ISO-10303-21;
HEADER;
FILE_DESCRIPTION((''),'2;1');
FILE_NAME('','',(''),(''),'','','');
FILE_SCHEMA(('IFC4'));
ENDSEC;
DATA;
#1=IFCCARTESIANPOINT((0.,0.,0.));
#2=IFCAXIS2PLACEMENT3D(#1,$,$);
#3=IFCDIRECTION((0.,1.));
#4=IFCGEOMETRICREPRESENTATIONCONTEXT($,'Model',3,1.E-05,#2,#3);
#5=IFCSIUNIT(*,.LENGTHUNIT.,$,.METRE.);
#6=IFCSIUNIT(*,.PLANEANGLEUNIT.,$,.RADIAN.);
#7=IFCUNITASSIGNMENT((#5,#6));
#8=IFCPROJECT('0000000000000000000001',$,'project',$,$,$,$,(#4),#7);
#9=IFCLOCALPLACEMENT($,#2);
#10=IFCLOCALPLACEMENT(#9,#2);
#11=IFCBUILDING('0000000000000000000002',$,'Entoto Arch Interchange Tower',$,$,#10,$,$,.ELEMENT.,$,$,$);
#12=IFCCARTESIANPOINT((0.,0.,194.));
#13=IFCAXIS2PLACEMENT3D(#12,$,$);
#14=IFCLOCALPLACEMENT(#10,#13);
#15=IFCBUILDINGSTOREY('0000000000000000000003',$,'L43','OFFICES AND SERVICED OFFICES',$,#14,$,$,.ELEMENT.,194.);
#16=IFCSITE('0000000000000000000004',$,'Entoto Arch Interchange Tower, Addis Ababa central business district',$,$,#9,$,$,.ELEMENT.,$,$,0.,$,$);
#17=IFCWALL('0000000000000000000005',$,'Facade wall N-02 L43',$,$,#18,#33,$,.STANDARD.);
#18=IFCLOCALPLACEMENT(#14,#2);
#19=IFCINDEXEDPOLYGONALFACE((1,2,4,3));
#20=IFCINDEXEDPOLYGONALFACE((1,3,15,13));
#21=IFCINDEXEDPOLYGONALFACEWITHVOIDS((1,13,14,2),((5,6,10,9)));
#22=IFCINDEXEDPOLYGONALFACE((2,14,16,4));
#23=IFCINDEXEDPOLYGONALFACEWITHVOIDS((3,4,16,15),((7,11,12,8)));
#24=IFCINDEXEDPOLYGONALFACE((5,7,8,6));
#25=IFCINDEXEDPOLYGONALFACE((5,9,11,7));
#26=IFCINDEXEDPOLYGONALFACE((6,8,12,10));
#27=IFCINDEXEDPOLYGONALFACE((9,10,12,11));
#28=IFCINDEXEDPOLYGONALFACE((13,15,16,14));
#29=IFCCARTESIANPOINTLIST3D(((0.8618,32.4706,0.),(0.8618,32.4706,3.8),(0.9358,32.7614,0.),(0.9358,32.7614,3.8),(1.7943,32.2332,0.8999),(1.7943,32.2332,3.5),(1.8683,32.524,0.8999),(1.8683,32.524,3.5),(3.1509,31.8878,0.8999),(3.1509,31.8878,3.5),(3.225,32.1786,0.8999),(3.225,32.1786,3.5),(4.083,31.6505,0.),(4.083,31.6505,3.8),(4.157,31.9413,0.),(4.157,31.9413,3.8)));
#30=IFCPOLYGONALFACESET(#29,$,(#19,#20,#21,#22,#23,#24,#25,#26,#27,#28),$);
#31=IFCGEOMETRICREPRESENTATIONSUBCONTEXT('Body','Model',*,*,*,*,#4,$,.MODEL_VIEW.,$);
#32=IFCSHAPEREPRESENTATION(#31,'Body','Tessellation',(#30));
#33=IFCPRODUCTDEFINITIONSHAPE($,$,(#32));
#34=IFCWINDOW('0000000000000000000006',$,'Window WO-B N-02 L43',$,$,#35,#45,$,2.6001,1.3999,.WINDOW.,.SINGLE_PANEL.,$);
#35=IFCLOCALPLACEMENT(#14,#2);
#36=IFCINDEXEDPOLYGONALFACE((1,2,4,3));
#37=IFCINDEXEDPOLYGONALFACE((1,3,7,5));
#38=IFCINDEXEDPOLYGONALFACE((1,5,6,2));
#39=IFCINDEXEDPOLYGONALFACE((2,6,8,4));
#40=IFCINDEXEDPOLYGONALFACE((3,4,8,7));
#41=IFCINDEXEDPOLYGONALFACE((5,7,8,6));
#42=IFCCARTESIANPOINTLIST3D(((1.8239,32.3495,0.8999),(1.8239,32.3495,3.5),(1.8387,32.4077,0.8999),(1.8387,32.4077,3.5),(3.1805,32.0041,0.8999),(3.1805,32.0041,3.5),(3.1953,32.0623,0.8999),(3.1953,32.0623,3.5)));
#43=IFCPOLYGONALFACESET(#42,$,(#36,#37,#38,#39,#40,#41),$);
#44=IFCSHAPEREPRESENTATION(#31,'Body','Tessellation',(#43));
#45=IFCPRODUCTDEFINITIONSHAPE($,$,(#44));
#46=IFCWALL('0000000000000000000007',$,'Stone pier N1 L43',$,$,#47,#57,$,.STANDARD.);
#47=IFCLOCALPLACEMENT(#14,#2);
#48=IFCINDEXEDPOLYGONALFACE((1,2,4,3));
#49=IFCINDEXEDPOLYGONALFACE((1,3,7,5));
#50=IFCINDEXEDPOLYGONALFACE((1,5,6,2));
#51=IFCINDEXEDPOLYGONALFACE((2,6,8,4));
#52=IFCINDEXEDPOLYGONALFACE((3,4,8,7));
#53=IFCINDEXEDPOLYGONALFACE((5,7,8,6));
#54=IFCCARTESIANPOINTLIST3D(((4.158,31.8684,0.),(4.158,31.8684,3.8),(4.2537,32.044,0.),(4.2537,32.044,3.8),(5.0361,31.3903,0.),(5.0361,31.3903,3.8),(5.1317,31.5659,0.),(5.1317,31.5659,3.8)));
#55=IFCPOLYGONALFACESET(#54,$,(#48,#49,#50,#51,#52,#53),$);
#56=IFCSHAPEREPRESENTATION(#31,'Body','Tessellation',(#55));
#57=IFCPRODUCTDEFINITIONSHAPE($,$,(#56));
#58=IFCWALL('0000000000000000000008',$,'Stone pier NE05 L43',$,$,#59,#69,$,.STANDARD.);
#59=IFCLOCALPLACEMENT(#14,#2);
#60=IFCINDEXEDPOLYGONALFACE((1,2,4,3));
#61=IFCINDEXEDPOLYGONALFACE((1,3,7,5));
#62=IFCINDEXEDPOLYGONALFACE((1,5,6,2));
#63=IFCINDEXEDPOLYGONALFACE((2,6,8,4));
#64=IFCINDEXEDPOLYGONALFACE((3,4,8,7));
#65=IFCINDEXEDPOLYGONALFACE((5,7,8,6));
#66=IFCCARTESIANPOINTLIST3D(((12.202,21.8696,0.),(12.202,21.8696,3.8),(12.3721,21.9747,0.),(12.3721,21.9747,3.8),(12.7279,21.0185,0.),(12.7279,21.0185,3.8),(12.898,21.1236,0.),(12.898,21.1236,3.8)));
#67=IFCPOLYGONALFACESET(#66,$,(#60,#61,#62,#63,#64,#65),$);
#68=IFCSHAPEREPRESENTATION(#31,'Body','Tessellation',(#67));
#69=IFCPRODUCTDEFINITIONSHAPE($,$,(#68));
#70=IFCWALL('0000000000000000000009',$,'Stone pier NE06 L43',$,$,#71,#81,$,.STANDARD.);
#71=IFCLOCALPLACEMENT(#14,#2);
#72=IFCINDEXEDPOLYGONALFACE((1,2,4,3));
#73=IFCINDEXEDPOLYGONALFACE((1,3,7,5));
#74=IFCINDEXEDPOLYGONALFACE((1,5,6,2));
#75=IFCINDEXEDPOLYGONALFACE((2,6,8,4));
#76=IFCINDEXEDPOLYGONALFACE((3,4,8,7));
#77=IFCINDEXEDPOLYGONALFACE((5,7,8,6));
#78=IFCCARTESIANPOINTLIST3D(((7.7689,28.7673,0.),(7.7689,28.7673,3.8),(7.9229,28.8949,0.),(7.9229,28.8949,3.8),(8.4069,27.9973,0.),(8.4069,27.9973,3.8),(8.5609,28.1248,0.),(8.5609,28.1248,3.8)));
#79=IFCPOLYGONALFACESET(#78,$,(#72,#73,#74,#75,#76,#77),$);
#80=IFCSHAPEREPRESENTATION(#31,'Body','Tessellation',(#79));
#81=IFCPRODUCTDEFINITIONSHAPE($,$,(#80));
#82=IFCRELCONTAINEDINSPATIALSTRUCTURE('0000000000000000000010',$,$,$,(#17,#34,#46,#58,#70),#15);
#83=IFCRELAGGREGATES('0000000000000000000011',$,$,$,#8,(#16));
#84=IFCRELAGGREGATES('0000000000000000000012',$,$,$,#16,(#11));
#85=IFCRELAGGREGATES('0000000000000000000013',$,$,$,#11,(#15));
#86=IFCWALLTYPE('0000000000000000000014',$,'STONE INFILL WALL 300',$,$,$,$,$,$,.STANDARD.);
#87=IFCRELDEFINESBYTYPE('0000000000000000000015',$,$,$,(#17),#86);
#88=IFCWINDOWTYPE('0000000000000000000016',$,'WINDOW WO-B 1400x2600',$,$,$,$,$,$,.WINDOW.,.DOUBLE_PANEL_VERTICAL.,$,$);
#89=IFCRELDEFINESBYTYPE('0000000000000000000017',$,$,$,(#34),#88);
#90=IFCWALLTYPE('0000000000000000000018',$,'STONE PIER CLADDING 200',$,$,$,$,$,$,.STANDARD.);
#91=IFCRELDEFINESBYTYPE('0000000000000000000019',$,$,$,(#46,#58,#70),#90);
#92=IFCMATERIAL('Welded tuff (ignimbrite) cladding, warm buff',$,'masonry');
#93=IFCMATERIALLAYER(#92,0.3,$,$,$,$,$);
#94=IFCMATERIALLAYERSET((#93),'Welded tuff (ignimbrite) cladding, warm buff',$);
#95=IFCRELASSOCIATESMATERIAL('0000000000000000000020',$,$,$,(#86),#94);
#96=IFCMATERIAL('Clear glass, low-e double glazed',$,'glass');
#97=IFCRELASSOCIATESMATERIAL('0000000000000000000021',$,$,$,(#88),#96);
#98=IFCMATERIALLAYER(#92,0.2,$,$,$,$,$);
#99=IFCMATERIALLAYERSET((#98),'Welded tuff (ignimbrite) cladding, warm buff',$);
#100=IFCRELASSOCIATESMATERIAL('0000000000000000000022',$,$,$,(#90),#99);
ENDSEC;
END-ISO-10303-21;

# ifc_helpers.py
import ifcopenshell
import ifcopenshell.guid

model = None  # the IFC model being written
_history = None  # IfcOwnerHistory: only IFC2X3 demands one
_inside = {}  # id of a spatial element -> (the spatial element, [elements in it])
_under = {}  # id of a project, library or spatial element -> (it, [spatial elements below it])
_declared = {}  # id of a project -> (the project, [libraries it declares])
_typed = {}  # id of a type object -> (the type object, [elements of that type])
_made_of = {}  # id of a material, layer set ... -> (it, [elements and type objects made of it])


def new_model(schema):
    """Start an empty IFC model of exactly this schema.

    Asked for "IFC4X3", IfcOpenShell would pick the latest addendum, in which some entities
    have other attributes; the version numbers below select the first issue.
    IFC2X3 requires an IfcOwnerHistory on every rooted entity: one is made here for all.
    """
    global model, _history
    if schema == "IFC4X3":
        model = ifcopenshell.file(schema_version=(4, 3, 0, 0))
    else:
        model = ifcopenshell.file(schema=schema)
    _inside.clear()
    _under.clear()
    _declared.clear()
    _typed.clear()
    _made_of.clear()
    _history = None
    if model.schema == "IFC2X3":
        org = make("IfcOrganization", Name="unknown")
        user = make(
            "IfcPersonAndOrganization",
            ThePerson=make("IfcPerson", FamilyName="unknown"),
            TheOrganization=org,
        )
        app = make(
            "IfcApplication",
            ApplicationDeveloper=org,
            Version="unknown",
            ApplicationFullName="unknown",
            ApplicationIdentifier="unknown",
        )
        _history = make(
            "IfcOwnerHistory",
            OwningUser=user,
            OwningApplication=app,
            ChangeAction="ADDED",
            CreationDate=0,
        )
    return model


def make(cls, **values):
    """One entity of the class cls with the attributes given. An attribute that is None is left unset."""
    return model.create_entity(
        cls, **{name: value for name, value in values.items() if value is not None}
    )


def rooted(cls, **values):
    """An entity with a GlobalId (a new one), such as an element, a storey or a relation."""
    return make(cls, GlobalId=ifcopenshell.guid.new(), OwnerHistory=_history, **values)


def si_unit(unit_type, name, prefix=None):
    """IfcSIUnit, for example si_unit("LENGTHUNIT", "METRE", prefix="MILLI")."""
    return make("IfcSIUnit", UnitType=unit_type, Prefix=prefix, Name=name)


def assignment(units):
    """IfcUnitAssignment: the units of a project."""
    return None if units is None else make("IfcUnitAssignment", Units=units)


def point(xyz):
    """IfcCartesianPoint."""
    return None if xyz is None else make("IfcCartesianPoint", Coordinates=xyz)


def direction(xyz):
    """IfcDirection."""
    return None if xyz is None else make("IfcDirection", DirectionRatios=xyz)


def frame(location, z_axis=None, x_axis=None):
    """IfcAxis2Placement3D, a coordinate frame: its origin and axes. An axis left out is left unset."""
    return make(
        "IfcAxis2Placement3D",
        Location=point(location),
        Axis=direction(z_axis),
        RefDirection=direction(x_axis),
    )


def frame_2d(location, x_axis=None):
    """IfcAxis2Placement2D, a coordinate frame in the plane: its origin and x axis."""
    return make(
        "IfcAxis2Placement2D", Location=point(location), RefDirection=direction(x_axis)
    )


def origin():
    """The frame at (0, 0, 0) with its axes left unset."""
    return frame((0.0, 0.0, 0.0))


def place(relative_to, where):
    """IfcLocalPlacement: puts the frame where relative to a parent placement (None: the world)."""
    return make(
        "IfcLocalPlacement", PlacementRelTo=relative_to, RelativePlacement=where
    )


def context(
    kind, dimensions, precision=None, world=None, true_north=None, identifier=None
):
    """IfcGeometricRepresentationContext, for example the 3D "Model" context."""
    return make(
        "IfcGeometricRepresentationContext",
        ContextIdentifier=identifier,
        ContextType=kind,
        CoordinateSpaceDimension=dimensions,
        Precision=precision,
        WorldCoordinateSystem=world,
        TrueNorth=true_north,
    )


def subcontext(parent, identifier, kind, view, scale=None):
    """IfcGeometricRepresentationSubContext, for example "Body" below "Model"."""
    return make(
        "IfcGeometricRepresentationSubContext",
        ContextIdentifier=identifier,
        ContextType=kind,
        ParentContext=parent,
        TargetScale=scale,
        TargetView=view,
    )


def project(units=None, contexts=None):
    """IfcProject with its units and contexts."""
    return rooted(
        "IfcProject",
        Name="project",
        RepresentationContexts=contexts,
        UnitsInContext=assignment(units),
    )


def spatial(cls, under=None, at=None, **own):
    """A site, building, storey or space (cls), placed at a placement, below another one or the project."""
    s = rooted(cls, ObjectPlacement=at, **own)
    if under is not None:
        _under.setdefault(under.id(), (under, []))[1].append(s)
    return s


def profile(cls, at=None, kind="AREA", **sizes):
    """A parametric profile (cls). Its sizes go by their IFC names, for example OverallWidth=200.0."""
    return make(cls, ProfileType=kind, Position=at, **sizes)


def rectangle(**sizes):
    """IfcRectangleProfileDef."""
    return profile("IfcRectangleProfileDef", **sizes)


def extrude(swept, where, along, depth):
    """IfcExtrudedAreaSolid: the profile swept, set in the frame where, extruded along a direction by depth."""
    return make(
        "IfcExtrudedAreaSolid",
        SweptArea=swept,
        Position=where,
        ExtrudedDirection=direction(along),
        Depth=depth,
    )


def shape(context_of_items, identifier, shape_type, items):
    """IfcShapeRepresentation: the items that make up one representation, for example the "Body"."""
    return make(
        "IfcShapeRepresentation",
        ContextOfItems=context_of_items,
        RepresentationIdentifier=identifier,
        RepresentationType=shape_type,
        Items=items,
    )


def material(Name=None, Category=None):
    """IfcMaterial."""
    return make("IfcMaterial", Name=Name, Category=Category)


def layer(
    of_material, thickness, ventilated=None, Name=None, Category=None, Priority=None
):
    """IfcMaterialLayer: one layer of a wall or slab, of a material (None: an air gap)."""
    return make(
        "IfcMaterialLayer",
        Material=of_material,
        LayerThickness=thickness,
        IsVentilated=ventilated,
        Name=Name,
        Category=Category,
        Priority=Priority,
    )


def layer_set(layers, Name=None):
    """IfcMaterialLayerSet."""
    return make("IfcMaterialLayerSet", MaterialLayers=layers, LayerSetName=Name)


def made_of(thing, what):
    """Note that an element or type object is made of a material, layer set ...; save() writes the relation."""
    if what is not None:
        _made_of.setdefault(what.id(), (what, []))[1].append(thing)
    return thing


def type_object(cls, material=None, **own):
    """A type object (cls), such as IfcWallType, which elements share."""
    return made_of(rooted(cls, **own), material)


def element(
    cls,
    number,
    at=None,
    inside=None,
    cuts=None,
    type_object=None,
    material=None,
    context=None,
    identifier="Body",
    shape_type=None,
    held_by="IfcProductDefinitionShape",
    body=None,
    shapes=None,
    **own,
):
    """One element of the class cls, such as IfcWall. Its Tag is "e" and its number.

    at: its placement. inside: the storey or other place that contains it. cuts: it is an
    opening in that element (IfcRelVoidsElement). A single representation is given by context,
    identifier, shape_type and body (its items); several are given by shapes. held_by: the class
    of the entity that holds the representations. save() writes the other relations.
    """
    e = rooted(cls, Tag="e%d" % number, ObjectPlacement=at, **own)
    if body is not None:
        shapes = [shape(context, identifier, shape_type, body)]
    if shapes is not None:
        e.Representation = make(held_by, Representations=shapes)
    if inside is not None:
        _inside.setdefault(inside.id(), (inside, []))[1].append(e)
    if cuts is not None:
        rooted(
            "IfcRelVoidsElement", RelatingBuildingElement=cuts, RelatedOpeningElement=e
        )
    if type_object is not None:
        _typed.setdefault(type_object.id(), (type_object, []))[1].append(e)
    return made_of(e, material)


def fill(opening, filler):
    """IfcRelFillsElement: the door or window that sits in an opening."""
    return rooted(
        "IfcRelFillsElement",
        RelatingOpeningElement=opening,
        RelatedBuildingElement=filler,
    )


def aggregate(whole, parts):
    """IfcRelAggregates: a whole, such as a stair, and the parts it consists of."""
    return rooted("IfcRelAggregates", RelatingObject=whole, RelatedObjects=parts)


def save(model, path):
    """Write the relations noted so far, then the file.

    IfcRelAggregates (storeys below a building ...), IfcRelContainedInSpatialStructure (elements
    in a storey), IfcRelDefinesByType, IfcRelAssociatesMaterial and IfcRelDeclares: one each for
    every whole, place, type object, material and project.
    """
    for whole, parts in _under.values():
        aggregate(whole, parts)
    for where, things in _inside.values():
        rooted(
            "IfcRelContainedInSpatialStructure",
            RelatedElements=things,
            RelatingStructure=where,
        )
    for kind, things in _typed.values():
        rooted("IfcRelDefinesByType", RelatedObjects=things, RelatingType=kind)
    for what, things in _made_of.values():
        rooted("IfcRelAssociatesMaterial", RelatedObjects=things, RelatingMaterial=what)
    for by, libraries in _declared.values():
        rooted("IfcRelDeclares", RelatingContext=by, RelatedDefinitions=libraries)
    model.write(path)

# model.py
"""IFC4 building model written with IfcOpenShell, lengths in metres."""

from ifc_helpers import new_model, si_unit, direction, frame, frame_2d, origin, place, context, subcontext, project, spatial, rectangle, extrude, material, layer, layer_set, type_object, element, fill, save


model = new_model("IFC4")

# Units and contexts
model_context = context("Model", 3, precision=1e-05, world=origin(), true_north=direction((0.0, 1.0)))
body_context = subcontext(model_context, "Body", "Model", "MODEL_VIEW")
ifc_project = project(units=[si_unit("LENGTHUNIT", "METRE"), si_unit("PLANEANGLEUNIT", "RADIAN")], contexts=[model_context])

# Site, building, storey
site_placement = place(None, origin())
site = spatial("IfcSite", under=ifc_project, at=site_placement, Name="Entoto Arch Interchange Tower, Addis Ababa central business district", CompositionType="ELEMENT", RefElevation=0.0)
building_placement = place(site_placement, origin())
building = spatial("IfcBuilding", under=site, at=building_placement, Name="Entoto Arch Interchange Tower", CompositionType="ELEMENT")
storey_placement = place(building_placement, frame((0.0, 0.0, 194.0)))
storey = spatial("IfcBuildingStorey", under=building, at=storey_placement, Name="L43", Description="OFFICES AND SERVICED OFFICES", CompositionType="ELEMENT", Elevation=194.0)

# Shared definitions
ifc_material_1 = material(Name="Welded tuff (ignimbrite) cladding, warm buff", Category="masonry")
ifc_layer_1 = layer(ifc_material_1, 0.3)
ifc_layer_set_1 = layer_set([ifc_layer_1], Name="Welded tuff (ignimbrite) cladding, warm buff")
wall_type_1 = type_object("IfcWallType", Name="STONE INFILL WALL 300", PredefinedType="STANDARD", material=ifc_layer_set_1)
ifc_material_2 = material(Name="Clear glass, low-e double glazed", Category="glass")

# Wall, opening, window
window_type_1 = type_object("IfcWindowType", Name="WINDOW WO-B 1400x2600", PartitioningType="DOUBLE_PANEL_VERTICAL", PredefinedType="WINDOW", material=ifc_material_2)
wall_1_placement = place(storey_placement, frame((4.1201, 31.7959, 0.0), z_axis=(0.0, 0.0, 1.0), x_axis=(-0.969088, 0.246716, 0.0)))
wall_1 = element("IfcWall", 1, at=wall_1_placement, inside=storey, type_object=wall_type_1, Name="Facade wall N-02 L43", PredefinedType="STANDARD", context=body_context, shape_type="SweptSolid", body=[
    extrude(rectangle(XDim=3.324, YDim=0.3, at=frame_2d((1.6621, 0.0))), origin(), (0.0, 0.0, 1.0), 3.8),
])
opening_1_placement = place(wall_1_placement, frame((0.9619, 0.0, 0.8999)))
opening_1 = element("IfcOpeningElement", 2, at=opening_1_placement, cuts=wall_1, PredefinedType="OPENING", context=body_context, shape_type="SweptSolid", body=[
    extrude(rectangle(XDim=1.3999, YDim=2.6001, at=frame_2d((0.7, 1.3))), frame((0.0, 0.1602, 0.0), z_axis=(0.0, -1.0, 0.0), x_axis=(1.0, 0.0, 0.0)), (0.0, 0.0, 1.0), 0.3201),
])
window_1_placement = place(opening_1_placement, origin())
window_1 = element("IfcWindow", 3, at=window_1_placement, inside=storey, type_object=window_type_1, Name="Window WO-B N-02 L43", OverallHeight=2.6001, OverallWidth=1.3999, PartitioningType="SINGLE_PANEL", PredefinedType="WINDOW", context=body_context, shape_type="SweptSolid", body=[
    extrude(rectangle(XDim=1.3999, YDim=2.6001, at=frame_2d((0.7, 1.3))), frame((0.0, 0.03, 0.0), z_axis=(0.0, -1.0, 0.0), x_axis=(1.0, 0.0, 0.0)), (0.0, 0.0, 1.0), 0.0601),
])
fill(opening_1, window_1)

# Walls
ifc_layer_2 = layer(ifc_material_1, 0.2)
ifc_layer_set_2 = layer_set([ifc_layer_2], Name="Welded tuff (ignimbrite) cladding, warm buff")
wall_type_2 = type_object("IfcWallType", Name="STONE PIER CLADDING 200", PredefinedType="STANDARD", material=ifc_layer_set_2)
wall_2_placement = place(storey_placement, frame((5.084, 31.478, 0.0), z_axis=(0.0, 0.0, 1.0), x_axis=(-0.87825, 0.478202, 0.0)))
element("IfcWall", 4, at=wall_2_placement, inside=storey, type_object=wall_type_2, Name="Stone pier N1 L43", PredefinedType="STANDARD", context=body_context, shape_type="SweptSolid", body=[
    extrude(rectangle(XDim=0.9998, YDim=0.2, at=frame_2d((0.5, 0.0))), origin(), (0.0, 0.0, 1.0), 3.8),
])
wall_3_placement = place(storey_placement, frame((12.813, 21.071, 0.0), z_axis=(0.0, 0.0, 1.0), x_axis=(-0.525649, 0.850702, 0.0)))
element("IfcWall", 5, at=wall_3_placement, inside=storey, type_object=wall_type_2, Name="Stone pier NE05 L43", PredefinedType="STANDARD", context=body_context, shape_type="SweptSolid", body=[
    extrude(rectangle(XDim=1.0005, YDim=0.2, at=frame_2d((0.5002, 0.0))), origin(), (0.0, 0.0, 1.0), 3.8),
])
wall_4_placement = place(storey_placement, frame((8.4839, 28.061, 0.0), z_axis=(0.0, 0.0, 1.0), x_axis=(-0.637972, 0.770059, 0.0)))
element("IfcWall", 6, at=wall_4_placement, inside=storey, type_object=wall_type_2, Name="Stone pier NE06 L43", PredefinedType="STANDARD", context=body_context, shape_type="SweptSolid", body=[
    extrude(rectangle(XDim=1.0, YDim=0.2, at=frame_2d((0.5, 0.0))), origin(), (0.0, 0.0, 1.0), 3.8),
])

save(model, "model.ifc")
